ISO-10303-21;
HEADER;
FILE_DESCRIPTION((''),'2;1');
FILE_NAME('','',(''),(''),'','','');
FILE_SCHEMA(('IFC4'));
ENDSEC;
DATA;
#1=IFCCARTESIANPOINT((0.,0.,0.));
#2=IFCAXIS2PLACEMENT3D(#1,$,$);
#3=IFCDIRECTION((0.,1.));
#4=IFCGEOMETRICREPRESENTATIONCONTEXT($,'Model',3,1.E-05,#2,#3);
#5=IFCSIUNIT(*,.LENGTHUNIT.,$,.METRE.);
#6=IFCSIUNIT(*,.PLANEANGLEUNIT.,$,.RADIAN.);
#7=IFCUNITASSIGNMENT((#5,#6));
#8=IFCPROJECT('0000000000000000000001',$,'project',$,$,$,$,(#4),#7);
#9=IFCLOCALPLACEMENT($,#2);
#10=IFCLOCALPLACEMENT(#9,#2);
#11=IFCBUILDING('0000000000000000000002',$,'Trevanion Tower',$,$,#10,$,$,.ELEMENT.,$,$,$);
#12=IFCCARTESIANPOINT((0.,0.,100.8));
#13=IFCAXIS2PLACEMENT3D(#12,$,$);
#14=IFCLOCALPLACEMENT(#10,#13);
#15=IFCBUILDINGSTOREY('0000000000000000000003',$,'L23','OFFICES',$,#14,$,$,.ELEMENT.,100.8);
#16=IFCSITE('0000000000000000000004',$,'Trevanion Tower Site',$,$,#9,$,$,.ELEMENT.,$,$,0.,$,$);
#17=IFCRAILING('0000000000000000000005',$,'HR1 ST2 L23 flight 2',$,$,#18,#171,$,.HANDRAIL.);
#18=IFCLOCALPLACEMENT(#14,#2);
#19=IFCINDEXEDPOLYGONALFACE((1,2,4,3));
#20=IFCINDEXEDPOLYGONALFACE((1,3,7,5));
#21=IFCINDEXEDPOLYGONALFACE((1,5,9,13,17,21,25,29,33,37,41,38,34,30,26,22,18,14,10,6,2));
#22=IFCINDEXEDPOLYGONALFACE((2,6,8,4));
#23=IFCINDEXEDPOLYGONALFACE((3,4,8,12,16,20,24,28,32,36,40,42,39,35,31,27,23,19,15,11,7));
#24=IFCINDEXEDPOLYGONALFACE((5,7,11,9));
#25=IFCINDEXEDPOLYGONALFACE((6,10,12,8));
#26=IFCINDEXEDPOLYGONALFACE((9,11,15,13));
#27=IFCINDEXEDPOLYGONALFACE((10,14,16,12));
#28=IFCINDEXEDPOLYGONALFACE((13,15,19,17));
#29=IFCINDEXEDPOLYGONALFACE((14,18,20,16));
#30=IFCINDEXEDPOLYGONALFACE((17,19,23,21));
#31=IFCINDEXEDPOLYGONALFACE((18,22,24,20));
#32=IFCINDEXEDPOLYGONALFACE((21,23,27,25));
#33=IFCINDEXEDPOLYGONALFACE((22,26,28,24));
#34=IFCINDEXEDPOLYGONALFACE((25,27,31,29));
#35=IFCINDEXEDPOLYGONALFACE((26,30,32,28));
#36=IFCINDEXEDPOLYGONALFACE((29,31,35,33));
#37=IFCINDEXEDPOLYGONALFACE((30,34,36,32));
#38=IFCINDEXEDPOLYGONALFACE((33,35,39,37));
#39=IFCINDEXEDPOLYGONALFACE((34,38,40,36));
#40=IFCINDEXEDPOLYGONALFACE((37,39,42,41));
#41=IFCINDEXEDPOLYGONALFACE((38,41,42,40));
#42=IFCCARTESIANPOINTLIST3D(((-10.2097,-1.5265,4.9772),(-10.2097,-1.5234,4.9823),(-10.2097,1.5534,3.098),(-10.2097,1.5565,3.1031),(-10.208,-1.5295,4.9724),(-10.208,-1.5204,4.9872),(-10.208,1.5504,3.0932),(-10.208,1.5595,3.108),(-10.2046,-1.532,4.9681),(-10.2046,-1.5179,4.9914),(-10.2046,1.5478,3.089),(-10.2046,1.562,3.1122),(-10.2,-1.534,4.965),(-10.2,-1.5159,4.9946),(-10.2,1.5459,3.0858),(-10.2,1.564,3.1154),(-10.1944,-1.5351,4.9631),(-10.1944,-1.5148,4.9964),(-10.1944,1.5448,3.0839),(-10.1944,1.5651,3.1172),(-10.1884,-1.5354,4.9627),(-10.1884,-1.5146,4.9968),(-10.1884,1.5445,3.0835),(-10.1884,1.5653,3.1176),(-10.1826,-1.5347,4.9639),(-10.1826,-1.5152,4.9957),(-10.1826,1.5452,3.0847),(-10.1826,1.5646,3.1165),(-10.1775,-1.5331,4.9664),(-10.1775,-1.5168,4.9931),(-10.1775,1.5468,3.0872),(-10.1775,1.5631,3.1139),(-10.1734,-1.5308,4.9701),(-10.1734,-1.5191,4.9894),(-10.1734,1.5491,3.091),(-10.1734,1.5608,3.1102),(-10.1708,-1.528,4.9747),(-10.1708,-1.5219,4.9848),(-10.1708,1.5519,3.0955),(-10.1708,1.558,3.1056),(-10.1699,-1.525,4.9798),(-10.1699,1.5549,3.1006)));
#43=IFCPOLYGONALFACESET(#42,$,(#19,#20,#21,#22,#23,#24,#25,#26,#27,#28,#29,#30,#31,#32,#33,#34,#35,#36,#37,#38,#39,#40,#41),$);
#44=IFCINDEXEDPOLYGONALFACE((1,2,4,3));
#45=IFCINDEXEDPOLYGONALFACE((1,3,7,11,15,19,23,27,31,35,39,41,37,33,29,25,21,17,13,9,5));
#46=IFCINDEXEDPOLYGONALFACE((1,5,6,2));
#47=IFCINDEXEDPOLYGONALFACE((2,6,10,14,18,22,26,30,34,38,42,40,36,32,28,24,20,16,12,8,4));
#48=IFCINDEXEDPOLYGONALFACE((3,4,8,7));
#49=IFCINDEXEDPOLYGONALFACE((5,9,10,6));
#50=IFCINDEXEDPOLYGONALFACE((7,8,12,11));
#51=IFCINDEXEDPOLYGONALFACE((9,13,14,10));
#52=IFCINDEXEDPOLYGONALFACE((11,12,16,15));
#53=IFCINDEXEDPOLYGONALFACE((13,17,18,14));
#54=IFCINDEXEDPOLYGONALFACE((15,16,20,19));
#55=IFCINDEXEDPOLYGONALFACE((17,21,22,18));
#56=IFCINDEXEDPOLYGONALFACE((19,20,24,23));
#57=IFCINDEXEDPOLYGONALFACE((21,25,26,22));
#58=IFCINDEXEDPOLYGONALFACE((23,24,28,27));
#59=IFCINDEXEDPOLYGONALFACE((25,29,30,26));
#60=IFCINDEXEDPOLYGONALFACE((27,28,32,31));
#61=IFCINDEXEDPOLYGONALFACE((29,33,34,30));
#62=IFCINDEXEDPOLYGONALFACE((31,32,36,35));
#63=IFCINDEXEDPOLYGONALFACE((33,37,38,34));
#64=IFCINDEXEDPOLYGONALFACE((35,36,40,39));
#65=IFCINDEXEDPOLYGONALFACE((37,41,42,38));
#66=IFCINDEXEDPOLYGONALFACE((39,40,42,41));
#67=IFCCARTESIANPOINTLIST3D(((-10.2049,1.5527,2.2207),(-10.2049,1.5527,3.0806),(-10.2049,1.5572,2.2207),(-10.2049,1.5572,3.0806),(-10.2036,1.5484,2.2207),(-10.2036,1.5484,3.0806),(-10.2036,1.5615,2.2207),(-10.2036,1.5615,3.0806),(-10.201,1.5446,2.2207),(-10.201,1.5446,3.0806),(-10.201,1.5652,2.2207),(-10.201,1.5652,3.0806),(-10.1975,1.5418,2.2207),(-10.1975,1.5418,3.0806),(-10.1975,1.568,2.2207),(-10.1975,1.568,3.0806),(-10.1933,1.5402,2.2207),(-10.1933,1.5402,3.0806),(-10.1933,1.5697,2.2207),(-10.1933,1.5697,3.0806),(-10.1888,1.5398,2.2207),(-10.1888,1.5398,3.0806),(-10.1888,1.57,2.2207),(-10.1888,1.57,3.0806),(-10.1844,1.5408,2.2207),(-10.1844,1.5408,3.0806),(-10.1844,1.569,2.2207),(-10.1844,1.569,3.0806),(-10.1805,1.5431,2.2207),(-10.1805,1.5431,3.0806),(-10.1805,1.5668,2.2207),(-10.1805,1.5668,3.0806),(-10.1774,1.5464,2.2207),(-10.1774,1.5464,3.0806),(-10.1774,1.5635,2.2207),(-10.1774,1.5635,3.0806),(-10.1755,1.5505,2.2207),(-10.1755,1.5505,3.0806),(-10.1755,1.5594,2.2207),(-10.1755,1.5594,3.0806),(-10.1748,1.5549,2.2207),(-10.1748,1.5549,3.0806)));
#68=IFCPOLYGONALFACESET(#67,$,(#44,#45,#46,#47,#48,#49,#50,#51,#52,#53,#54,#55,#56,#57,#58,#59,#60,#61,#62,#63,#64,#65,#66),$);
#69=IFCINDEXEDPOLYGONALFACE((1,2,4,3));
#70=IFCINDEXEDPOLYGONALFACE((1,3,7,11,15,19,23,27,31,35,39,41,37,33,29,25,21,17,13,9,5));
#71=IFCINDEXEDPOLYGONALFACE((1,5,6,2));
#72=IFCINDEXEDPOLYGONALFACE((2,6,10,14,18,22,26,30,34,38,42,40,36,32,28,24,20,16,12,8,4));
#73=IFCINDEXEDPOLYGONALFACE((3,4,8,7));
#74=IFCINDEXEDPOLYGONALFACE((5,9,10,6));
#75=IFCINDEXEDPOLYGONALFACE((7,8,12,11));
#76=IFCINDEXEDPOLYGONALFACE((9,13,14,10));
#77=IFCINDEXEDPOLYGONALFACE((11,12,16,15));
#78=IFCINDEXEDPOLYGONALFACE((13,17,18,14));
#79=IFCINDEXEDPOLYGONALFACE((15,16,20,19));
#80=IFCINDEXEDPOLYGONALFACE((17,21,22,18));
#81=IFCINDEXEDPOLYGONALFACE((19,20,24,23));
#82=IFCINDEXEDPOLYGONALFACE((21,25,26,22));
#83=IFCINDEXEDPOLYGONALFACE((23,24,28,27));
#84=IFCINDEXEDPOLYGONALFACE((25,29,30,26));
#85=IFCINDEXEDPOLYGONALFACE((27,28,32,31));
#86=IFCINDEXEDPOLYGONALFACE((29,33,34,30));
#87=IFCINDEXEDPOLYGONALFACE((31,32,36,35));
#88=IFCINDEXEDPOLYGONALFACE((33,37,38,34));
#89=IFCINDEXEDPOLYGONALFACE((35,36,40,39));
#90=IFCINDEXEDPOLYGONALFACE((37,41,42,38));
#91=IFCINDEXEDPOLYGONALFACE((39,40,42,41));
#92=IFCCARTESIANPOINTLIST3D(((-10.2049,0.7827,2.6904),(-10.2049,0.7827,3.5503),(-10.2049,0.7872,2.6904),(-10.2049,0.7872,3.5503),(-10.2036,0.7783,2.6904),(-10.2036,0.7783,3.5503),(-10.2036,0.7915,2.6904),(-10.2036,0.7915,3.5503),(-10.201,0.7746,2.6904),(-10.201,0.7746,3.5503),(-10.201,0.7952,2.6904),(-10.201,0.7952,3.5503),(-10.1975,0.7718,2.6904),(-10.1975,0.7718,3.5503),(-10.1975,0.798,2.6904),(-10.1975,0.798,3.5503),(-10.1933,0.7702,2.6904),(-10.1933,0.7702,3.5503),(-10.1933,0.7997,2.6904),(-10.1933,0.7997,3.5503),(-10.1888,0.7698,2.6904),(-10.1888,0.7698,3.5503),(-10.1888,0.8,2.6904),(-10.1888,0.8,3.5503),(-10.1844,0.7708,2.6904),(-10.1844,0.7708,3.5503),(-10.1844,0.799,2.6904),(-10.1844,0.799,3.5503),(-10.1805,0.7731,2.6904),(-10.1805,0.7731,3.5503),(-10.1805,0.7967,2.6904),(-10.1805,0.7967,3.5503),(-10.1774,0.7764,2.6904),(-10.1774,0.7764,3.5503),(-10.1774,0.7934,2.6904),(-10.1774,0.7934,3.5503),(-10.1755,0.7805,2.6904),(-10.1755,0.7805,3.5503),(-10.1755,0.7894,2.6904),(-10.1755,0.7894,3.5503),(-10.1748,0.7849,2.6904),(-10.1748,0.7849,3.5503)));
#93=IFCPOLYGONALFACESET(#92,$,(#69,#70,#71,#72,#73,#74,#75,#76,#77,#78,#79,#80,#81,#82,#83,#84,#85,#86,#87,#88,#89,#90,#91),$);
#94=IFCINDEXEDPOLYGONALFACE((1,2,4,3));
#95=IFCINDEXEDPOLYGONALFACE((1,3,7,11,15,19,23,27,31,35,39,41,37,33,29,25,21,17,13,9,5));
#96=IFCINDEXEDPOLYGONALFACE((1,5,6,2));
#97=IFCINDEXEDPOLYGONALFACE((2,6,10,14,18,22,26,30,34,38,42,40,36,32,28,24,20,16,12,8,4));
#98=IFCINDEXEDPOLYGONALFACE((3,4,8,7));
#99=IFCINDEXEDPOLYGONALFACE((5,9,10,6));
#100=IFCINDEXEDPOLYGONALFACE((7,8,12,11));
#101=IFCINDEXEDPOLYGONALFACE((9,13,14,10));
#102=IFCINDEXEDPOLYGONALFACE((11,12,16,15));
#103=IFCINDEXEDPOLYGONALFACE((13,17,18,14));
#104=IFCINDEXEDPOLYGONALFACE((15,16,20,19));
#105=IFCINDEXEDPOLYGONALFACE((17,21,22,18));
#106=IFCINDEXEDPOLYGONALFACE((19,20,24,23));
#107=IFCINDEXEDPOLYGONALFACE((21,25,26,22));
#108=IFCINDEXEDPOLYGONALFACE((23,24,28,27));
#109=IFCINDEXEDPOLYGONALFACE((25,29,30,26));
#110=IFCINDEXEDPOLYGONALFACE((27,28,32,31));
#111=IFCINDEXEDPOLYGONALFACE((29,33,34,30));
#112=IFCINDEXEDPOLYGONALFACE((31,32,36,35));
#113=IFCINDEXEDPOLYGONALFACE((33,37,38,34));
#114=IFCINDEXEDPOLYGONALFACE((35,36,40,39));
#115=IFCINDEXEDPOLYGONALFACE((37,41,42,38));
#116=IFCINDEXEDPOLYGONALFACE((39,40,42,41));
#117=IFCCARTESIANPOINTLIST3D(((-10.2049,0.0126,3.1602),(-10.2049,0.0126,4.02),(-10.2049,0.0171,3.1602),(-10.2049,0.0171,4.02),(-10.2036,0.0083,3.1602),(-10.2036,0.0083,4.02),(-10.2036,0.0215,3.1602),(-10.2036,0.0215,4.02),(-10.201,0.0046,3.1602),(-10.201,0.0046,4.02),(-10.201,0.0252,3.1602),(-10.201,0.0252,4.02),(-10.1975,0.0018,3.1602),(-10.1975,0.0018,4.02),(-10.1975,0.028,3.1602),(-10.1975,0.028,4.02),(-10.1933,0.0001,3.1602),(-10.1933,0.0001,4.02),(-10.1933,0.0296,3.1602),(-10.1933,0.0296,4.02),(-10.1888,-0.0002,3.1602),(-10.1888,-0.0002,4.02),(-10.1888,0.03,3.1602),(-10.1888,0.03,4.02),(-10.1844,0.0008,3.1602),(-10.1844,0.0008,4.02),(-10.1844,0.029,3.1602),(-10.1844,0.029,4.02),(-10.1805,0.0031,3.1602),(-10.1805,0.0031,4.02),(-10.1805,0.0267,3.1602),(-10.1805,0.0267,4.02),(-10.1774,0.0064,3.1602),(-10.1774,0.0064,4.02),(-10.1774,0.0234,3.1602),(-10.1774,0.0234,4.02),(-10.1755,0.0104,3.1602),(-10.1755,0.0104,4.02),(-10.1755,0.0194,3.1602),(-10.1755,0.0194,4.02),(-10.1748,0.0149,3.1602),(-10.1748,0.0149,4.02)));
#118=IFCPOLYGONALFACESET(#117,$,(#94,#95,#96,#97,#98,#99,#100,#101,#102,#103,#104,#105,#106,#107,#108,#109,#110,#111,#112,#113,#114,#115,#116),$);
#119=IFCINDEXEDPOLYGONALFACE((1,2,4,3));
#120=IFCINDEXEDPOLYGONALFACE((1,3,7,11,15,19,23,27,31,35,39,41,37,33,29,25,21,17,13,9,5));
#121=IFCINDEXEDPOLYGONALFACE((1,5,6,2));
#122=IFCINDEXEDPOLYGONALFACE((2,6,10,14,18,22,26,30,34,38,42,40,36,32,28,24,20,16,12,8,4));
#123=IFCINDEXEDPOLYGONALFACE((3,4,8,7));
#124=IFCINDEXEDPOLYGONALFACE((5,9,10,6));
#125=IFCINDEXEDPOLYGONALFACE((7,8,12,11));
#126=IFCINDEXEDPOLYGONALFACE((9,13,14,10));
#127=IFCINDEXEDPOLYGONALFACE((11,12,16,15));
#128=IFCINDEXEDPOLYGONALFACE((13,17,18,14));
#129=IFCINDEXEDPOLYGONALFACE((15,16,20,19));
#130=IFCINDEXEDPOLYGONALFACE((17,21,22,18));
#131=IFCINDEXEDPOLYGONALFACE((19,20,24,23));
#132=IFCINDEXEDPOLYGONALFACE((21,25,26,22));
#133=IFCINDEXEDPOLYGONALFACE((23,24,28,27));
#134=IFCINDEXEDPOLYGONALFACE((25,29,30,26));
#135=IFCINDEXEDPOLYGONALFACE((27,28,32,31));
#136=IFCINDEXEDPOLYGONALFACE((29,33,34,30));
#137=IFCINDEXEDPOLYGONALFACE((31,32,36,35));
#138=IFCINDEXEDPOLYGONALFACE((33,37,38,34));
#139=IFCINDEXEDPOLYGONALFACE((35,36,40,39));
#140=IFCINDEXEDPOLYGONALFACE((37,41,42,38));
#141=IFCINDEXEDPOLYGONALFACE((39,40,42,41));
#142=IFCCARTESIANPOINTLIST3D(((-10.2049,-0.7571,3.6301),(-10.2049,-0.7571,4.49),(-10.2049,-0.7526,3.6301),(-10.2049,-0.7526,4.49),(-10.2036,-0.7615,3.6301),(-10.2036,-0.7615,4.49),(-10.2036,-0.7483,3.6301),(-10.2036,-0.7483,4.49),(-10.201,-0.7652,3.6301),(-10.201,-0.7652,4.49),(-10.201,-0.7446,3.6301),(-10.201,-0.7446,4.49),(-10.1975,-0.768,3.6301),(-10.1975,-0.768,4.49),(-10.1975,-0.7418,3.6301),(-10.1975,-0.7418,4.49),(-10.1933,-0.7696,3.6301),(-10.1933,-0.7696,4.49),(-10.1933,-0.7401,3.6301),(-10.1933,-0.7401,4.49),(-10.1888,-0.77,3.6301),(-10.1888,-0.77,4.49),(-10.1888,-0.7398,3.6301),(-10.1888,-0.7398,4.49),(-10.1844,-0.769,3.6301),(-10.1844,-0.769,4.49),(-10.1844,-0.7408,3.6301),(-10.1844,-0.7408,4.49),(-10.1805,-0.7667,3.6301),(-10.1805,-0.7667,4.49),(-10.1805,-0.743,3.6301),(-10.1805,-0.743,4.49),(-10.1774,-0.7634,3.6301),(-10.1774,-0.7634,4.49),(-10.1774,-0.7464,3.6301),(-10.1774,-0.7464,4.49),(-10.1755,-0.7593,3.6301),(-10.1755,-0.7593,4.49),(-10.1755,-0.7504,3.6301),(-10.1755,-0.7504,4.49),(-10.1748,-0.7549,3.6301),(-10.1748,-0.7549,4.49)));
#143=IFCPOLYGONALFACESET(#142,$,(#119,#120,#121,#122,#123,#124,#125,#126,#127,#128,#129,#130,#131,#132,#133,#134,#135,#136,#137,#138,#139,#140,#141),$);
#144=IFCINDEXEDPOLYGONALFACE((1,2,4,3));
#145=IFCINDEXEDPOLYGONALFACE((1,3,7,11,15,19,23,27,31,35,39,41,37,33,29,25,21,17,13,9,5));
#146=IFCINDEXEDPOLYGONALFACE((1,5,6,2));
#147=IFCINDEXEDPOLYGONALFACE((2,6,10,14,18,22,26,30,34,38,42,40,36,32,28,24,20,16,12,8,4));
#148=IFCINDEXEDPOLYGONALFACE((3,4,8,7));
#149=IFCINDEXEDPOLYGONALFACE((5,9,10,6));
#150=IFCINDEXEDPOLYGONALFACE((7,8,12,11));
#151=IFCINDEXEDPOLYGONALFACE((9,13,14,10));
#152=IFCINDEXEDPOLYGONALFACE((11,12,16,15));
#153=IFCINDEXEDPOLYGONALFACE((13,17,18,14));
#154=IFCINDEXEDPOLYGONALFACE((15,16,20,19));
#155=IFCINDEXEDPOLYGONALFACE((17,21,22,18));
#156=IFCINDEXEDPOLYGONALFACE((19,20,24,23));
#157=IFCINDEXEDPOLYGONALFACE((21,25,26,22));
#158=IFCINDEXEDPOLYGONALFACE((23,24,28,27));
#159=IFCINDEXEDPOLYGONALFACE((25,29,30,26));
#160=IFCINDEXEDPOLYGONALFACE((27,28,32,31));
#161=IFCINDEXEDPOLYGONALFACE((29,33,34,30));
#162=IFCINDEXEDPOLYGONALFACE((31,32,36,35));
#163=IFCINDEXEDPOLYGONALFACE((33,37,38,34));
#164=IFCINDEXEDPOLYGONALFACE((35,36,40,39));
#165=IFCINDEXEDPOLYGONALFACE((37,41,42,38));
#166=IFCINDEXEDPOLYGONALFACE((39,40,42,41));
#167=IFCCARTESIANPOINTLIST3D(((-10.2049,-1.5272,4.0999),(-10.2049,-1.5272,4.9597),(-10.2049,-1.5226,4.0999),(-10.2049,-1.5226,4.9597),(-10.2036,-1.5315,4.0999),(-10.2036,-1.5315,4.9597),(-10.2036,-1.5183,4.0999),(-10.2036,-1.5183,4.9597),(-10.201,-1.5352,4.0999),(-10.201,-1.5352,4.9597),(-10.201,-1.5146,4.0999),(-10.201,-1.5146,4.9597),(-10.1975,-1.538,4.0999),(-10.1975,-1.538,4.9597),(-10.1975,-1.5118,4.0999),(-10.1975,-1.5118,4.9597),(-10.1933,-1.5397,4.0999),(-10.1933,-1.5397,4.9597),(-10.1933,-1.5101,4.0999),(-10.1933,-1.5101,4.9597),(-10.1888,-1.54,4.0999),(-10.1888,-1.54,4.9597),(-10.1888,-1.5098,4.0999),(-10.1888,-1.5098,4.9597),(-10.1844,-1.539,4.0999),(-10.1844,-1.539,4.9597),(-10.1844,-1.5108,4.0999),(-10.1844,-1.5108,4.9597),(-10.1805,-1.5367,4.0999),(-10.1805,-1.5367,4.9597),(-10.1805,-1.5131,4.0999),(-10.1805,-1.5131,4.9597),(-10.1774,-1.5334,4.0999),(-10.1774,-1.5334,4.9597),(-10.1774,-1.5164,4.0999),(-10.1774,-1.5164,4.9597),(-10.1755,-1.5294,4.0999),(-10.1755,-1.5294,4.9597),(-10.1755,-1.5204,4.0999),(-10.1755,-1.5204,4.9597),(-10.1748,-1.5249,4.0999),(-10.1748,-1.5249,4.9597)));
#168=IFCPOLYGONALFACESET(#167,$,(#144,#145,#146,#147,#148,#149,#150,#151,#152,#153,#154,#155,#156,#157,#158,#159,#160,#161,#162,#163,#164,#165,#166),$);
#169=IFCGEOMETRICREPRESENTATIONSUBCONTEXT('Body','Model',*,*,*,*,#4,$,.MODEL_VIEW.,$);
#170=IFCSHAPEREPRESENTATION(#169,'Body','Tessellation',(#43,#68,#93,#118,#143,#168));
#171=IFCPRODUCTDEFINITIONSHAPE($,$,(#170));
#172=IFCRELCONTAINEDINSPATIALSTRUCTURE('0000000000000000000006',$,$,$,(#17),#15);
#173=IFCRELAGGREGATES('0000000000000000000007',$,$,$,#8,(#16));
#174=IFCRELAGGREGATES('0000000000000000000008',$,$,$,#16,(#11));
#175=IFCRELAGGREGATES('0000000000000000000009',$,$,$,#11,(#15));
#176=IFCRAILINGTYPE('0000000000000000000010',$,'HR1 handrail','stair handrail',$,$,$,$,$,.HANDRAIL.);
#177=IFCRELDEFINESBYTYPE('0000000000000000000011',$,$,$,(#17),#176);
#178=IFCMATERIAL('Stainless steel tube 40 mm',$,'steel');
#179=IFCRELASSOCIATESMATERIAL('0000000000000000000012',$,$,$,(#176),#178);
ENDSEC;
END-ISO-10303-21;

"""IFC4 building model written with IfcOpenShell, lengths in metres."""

from ifc_helpers import new_model, si_unit, direction, frame, origin, origin_2d, place, context, subcontext, project, spatial, circle, extrude, material, type_object, element, save


model = new_model("IFC4")

# Units and contexts
model_context = context("Model", 3, precision=1e-05, world=origin(), true_north=direction((0.0, 1.0)))
body_context = subcontext(model_context, "Body", "Model", "MODEL_VIEW")
ifc_project = project(units=[si_unit("LENGTHUNIT", "METRE"), si_unit("PLANEANGLEUNIT", "RADIAN")], contexts=[model_context])

# Site, building, storey
site_placement = place(None, origin())
site = spatial("IfcSite", under=ifc_project, at=site_placement, Name="Trevanion Tower Site", CompositionType="ELEMENT", RefElevation=0.0)
building_placement = place(site_placement, origin())
building = spatial("IfcBuilding", under=site, at=building_placement, Name="Trevanion Tower", CompositionType="ELEMENT")
storey_placement = place(building_placement, frame((0.0, 0.0, 100.8)))
storey = spatial("IfcBuildingStorey", under=building, at=storey_placement, Name="L23", Description="OFFICES", CompositionType="ELEMENT", Elevation=100.8)

# Railing
ifc_material_1 = material(Name="Stainless steel tube 40 mm", Category="steel")
railing_type = type_object("IfcRailingType", Name="HR1 handrail", Description="stair handrail", PredefinedType="HANDRAIL", material=ifc_material_1)
for number, where, name in (
    (1, (-10.1899, 1.5549, 2.2207), "HR1 ST2 L23 flight 2"),
):
    element("IfcRailing", number, at=place(storey_placement, frame(where)), inside=storey, type_object=railing_type, Name=name, PredefinedType="HANDRAIL", context=body_context, shape_type="SweptSolid", body=[
        extrude(circle(Radius=0.02, at=origin_2d()), frame((0.0, 0.0, 0.8799), z_axis=(0.0, -0.853648, 0.52085), x_axis=(1.0, 0.0, 0.0)), (0.0, 0.0, 1.0), 3.6079),
        extrude(circle(Radius=0.0151, at=origin_2d()), origin(), (0.0, 0.0, 1.0), 0.8599),
        extrude(circle(Radius=0.0151, at=origin_2d()), frame((0.0, -0.77, 0.4697)), (0.0, 0.0, 1.0), 0.8599),
        extrude(circle(Radius=0.0151, at=origin_2d()), frame((0.0, -1.54, 0.9395)), (0.0, 0.0, 1.0), 0.8599),
        extrude(circle(Radius=0.0151, at=origin_2d()), frame((0.0, -2.3098, 1.4094)), (0.0, 0.0, 1.0), 0.8599),
        extrude(circle(Radius=0.0151, at=origin_2d()), frame((0.0, -3.0798, 1.8792)), (0.0, 0.0, 1.0), 0.8599),
    ])

save(model, "model.ifc")
